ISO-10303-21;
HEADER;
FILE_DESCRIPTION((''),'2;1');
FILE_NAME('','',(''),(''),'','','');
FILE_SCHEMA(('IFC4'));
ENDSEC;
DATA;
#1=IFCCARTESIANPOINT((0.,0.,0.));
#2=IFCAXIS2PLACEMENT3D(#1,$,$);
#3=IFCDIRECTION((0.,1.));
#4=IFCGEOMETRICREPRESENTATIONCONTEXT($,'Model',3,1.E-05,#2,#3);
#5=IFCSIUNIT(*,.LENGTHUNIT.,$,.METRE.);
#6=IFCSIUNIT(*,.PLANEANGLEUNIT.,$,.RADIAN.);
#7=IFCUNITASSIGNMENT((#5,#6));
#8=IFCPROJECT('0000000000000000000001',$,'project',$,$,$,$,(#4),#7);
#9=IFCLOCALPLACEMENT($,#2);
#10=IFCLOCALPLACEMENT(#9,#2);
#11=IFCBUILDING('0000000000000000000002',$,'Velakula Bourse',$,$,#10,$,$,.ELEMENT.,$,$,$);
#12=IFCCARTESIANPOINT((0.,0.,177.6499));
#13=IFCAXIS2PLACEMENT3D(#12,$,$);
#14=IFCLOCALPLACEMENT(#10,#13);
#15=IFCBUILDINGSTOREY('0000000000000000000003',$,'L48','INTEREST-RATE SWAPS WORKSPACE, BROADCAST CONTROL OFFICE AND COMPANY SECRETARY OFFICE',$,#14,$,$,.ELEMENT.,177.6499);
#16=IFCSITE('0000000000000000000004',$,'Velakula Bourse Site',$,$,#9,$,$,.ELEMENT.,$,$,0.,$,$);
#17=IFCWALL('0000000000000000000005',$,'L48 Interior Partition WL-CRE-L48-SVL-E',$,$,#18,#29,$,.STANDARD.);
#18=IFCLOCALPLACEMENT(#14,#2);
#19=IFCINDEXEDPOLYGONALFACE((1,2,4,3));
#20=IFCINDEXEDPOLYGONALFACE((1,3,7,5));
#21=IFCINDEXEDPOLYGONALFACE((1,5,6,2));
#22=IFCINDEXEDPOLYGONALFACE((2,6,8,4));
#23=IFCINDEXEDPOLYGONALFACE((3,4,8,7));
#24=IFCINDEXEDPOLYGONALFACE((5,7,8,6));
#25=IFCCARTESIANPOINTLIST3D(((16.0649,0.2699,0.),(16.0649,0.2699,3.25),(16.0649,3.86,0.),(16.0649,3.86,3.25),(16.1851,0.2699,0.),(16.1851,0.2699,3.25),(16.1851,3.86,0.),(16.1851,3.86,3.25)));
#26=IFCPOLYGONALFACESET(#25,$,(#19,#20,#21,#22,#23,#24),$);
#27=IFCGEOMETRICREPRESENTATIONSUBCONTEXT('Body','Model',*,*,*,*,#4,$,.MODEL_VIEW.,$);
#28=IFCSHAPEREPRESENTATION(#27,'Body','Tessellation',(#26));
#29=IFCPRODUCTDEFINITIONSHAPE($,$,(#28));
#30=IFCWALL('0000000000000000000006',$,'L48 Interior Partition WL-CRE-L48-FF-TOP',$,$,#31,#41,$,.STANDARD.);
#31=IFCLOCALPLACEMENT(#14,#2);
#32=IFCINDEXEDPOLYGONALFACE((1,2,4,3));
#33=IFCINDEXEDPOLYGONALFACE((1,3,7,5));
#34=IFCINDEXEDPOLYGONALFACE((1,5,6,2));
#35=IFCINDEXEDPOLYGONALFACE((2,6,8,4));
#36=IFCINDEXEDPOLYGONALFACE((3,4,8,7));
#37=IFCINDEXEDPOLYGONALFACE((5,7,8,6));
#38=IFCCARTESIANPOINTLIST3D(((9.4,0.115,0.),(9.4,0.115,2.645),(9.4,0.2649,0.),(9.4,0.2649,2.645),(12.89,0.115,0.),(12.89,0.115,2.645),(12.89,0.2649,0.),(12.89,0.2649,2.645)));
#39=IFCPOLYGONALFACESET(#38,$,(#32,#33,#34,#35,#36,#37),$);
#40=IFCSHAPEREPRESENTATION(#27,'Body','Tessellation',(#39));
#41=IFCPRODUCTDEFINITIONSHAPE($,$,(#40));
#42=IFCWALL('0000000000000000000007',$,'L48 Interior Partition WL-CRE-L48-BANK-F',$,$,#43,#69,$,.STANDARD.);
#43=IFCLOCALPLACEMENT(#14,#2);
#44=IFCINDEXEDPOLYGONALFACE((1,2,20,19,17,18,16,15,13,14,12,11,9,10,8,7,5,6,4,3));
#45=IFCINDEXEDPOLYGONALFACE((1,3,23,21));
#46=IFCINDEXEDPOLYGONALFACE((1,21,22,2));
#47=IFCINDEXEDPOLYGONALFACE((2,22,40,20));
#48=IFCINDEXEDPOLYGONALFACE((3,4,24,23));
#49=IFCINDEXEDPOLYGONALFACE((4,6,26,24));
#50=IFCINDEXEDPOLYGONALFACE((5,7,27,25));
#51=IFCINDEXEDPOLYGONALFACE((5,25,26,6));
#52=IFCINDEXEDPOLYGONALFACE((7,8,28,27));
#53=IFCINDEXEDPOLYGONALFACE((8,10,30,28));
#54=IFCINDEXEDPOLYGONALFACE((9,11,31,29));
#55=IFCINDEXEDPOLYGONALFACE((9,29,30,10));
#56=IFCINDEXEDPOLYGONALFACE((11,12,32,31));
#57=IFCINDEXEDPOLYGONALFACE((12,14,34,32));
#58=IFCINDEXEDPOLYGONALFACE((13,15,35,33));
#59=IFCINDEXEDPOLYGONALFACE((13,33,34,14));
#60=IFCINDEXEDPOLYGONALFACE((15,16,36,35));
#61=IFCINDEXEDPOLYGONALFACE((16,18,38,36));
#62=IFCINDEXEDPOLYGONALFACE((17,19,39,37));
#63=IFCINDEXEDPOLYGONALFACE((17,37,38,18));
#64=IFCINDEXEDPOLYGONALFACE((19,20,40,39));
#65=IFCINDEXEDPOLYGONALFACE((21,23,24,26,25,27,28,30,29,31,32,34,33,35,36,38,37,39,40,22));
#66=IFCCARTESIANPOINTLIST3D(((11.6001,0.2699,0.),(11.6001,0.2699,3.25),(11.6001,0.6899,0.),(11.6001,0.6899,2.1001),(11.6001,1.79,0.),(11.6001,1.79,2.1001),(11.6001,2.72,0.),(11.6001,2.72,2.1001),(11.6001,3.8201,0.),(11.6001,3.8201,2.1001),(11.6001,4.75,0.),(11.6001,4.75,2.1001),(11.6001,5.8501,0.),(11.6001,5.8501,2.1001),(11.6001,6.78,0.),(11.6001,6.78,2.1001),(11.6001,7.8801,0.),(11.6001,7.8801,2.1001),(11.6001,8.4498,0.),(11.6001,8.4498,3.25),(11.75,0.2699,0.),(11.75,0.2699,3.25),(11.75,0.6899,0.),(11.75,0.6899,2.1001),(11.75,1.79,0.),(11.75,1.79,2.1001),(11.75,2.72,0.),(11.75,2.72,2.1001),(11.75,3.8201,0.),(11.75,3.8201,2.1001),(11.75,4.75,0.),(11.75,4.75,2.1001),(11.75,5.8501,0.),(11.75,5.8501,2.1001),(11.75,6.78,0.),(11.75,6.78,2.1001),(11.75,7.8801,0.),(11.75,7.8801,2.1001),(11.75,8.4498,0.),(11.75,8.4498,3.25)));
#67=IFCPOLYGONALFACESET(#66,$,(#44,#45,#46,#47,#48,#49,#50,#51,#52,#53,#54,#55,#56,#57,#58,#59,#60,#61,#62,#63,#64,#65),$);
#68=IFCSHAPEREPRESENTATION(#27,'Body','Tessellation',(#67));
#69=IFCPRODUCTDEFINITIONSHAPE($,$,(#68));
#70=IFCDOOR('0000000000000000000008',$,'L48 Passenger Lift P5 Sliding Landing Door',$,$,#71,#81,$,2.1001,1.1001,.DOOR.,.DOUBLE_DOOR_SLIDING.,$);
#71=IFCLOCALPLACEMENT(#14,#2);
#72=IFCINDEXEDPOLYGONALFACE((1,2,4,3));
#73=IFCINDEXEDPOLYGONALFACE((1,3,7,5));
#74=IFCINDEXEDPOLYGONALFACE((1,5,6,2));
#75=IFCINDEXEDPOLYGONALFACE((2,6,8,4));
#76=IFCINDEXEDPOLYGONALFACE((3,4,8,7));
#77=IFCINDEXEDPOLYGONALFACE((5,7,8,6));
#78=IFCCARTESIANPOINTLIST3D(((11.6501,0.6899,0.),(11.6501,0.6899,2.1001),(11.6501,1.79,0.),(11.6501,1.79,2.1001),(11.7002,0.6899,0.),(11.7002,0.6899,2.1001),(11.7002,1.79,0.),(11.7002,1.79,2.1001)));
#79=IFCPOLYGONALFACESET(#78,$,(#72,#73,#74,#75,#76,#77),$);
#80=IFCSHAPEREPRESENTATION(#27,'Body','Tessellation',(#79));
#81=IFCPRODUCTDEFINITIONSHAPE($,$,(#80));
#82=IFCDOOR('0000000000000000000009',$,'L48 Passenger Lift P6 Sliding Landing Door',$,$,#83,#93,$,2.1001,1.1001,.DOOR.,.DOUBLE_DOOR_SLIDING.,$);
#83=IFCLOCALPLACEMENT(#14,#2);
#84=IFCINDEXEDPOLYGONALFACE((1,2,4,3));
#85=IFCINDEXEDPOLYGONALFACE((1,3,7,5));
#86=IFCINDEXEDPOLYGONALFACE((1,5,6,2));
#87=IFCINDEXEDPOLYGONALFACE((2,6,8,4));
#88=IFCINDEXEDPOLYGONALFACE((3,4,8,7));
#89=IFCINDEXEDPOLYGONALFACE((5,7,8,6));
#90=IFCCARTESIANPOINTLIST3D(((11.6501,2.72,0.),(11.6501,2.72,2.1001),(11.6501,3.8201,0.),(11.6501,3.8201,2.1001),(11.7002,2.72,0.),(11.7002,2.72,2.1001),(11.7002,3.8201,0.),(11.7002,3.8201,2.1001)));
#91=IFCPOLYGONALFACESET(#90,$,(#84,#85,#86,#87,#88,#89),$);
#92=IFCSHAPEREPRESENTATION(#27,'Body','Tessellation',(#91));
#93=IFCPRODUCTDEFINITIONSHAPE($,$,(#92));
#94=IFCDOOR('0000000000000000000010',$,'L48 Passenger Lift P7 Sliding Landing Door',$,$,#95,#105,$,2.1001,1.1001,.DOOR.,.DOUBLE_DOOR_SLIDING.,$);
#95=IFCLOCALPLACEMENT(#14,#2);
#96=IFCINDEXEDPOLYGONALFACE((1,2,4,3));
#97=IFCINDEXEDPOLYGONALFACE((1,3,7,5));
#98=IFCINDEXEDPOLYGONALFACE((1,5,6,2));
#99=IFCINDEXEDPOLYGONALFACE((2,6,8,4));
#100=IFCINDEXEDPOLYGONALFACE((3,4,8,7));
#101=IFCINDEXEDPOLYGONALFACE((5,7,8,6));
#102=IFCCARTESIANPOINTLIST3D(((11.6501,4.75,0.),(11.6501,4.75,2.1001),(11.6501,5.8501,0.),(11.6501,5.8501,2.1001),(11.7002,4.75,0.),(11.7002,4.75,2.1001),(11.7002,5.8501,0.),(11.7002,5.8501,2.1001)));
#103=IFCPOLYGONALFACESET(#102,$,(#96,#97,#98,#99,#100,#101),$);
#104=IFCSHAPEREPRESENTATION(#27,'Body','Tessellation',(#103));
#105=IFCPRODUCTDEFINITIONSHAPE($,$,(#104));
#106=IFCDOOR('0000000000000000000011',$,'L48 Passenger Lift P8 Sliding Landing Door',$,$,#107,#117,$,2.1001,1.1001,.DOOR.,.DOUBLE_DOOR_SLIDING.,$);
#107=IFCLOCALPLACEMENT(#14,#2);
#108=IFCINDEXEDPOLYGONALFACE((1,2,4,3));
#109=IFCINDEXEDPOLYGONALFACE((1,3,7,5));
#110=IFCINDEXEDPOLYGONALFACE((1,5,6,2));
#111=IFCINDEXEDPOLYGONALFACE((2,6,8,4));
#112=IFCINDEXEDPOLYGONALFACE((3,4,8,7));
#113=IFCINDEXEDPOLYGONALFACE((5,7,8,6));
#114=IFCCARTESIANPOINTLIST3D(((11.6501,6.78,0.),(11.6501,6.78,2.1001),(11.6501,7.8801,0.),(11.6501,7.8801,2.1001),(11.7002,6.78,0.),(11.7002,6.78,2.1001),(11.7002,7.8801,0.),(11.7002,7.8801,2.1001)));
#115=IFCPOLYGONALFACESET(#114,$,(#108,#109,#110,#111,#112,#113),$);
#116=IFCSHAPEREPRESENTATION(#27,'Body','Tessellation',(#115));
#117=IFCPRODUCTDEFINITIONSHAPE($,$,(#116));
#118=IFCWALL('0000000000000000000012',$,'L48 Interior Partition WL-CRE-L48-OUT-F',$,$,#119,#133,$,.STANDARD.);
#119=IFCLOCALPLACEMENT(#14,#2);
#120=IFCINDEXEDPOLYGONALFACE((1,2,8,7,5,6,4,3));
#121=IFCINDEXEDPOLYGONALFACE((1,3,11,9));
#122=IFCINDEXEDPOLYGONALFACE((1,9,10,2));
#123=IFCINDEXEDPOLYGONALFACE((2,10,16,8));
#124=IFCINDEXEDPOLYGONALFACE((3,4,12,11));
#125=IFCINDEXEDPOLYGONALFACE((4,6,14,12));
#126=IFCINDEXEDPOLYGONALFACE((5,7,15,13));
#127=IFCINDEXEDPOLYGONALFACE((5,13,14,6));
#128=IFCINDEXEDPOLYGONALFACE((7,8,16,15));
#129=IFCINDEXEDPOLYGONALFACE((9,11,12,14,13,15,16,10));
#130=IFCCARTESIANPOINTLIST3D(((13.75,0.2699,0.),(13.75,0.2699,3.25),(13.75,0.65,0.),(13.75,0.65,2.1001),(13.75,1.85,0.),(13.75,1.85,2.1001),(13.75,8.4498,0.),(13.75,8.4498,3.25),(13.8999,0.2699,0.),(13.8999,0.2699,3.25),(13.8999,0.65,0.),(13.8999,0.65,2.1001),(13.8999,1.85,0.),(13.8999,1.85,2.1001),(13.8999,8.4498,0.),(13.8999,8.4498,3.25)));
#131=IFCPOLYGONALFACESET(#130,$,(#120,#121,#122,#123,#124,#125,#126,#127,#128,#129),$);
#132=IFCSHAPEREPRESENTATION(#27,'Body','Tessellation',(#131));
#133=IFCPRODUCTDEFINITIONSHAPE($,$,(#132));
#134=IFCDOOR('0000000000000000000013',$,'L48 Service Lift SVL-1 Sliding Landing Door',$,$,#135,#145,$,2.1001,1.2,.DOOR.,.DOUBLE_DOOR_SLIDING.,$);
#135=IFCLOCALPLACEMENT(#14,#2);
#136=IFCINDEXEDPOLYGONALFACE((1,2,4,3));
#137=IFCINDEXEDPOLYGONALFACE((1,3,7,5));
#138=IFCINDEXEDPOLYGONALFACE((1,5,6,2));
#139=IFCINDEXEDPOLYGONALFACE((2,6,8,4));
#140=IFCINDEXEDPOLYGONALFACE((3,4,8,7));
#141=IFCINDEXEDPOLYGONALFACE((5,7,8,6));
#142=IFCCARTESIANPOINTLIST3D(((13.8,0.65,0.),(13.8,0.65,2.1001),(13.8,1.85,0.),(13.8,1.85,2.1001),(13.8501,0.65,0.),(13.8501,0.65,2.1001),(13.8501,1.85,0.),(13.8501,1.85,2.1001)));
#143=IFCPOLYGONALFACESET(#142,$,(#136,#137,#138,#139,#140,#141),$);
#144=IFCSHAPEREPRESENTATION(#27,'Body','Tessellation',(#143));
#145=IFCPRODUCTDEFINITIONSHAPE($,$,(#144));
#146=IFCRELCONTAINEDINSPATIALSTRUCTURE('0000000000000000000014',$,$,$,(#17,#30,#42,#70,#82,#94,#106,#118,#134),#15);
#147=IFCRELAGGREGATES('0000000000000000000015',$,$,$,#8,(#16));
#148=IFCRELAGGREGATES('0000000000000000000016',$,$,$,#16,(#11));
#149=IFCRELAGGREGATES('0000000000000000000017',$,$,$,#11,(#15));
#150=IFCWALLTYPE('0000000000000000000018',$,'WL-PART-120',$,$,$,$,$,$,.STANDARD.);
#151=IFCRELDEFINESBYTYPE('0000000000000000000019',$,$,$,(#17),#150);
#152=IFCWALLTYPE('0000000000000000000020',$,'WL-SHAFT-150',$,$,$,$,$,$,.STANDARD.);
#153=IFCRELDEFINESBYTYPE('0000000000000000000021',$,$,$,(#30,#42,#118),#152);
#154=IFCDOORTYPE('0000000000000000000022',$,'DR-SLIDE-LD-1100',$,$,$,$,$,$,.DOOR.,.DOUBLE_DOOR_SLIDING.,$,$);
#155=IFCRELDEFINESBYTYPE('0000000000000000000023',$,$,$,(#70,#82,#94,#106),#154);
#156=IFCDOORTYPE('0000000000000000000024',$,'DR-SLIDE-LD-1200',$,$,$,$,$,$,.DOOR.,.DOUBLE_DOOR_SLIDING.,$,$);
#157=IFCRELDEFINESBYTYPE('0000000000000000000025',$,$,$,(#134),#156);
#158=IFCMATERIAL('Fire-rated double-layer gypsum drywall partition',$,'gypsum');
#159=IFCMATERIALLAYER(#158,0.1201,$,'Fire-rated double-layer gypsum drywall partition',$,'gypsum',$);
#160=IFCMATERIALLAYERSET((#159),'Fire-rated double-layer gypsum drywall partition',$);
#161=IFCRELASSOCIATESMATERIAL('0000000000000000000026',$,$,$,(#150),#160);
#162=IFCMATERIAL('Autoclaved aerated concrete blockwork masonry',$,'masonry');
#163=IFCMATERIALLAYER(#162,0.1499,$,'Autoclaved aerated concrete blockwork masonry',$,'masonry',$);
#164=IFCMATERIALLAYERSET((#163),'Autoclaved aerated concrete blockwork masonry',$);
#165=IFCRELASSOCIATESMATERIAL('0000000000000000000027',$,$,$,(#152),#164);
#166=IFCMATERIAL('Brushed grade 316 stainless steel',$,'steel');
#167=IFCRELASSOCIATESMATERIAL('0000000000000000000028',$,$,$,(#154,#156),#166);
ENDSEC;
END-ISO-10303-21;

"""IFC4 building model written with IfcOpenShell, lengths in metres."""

from ifc_helpers import new_model, si_unit, direction, frame, frame_2d, origin, place, context, subcontext, project, spatial, rectangle, extrude, material, layer, layer_set, type_object, element, fill, save


model = new_model("IFC4")

# Units and contexts
model_context = context("Model", 3, precision=1e-05, world=origin(), true_north=direction((0.0, 1.0)))
body_context = subcontext(model_context, "Body", "Model", "MODEL_VIEW")
ifc_project = project(units=[si_unit("LENGTHUNIT", "METRE"), si_unit("PLANEANGLEUNIT", "RADIAN")], contexts=[model_context])

# Site, building, storey
site_placement = place(None, origin())
site = spatial("IfcSite", under=ifc_project, at=site_placement, Name="Velakula Bourse Site", CompositionType="ELEMENT", RefElevation=0.0)
building_placement = place(site_placement, origin())
building = spatial("IfcBuilding", under=site, at=building_placement, Name="Velakula Bourse", CompositionType="ELEMENT")
storey_placement = place(building_placement, frame((0.0, 0.0, 177.6499)))
storey = spatial("IfcBuildingStorey", under=building, at=storey_placement, Name="L48", Description="INTEREST-RATE SWAPS WORKSPACE, BROADCAST CONTROL OFFICE AND COMPANY SECRETARY OFFICE", CompositionType="ELEMENT", Elevation=177.6499)

# Walls
ifc_material_1 = material(Name="Fire-rated double-layer gypsum drywall partition", Category="gypsum")
ifc_layer_1 = layer(ifc_material_1, 0.1201, Name="Fire-rated double-layer gypsum drywall partition", Category="gypsum")
ifc_layer_set_1 = layer_set([ifc_layer_1], Name="Fire-rated double-layer gypsum drywall partition")
wall_type_1 = type_object("IfcWallType", Name="WL-PART-120", PredefinedType="STANDARD", material=ifc_layer_set_1)
wall_1_placement = place(storey_placement, frame((16.125, 0.27, 0.0), z_axis=(0.0, 0.0, 1.0), x_axis=(0.0, 1.0, 0.0)))
element("IfcWall", 1, at=wall_1_placement, inside=storey, type_object=wall_type_1, Name="L48 Interior Partition WL-CRE-L48-SVL-E", PredefinedType="STANDARD", context=body_context, shape_type="SweptSolid", body=[
    extrude(rectangle(XDim=3.5901, YDim=0.1201, at=frame_2d((1.7949, 0.0))), origin(), (0.0, 0.0, 1.0), 3.25),
])
ifc_material_2 = material(Name="Autoclaved aerated concrete blockwork masonry", Category="masonry")
ifc_layer_2 = layer(ifc_material_2, 0.1499, Name="Autoclaved aerated concrete blockwork masonry", Category="masonry")
ifc_layer_set_2 = layer_set([ifc_layer_2], Name="Autoclaved aerated concrete blockwork masonry")
wall_type_2 = type_object("IfcWallType", Name="WL-SHAFT-150", PredefinedType="STANDARD", material=ifc_layer_set_2)
wall_2_placement = place(storey_placement, frame((9.3999, 0.1899, 0.0), z_axis=(0.0, 0.0, 1.0), x_axis=(1.0, 0.0, 0.0)))
element("IfcWall", 2, at=wall_2_placement, inside=storey, type_object=wall_type_2, Name="L48 Interior Partition WL-CRE-L48-FF-TOP", PredefinedType="STANDARD", context=body_context, shape_type="SweptSolid", body=[
    extrude(rectangle(XDim=3.49, YDim=0.1499, at=frame_2d((1.7451, 0.0))), origin(), (0.0, 0.0, 1.0), 2.645),
])

# Wall, openings, doors
wall_3_placement = place(storey_placement, frame((11.675, 0.27, 0.0), z_axis=(0.0, 0.0, 1.0), x_axis=(0.0, 1.0, 0.0)))
wall_3 = element("IfcWall", 3, at=wall_3_placement, inside=storey, type_object=wall_type_2, Name="L48 Interior Partition WL-CRE-L48-BANK-F", PredefinedType="STANDARD", context=body_context, shape_type="SweptSolid", body=[
    extrude(rectangle(XDim=8.1799, YDim=0.1499, at=frame_2d((4.0898, 0.0))), origin(), (0.0, 0.0, 1.0), 3.25),
])
opening_1_placement = place(wall_3_placement, frame((0.4199, 0.0, 0.0)))
opening_1 = element("IfcOpeningElement", 4, at=opening_1_placement, cuts=wall_3, PredefinedType="OPENING", context=body_context, shape_type="SweptSolid", body=[
    extrude(rectangle(XDim=1.1001, YDim=2.1001, at=frame_2d((0.55, 1.05))), frame((0.0, 0.085, 0.0), z_axis=(0.0, -1.0, 0.0), x_axis=(1.0, 0.0, 0.0)), (0.0, 0.0, 1.0), 0.1699),
])
opening_2_placement = place(wall_3_placement, frame((2.45, 0.0, 0.0)))
opening_2 = element("IfcOpeningElement", 5, at=opening_2_placement, cuts=wall_3, PredefinedType="OPENING", context=body_context, shape_type="SweptSolid", body=[
    extrude(rectangle(XDim=1.1001, YDim=2.1001, at=frame_2d((0.55, 1.05))), frame((0.0, 0.085, 0.0), z_axis=(0.0, -1.0, 0.0), x_axis=(1.0, 0.0, 0.0)), (0.0, 0.0, 1.0), 0.1699),
])
opening_3_placement = place(wall_3_placement, frame((4.48, 0.0, 0.0)))
opening_3 = element("IfcOpeningElement", 6, at=opening_3_placement, cuts=wall_3, PredefinedType="OPENING", context=body_context, shape_type="SweptSolid", body=[
    extrude(rectangle(XDim=1.1001, YDim=2.1001, at=frame_2d((0.55, 1.05))), frame((0.0, 0.085, 0.0), z_axis=(0.0, -1.0, 0.0), x_axis=(1.0, 0.0, 0.0)), (0.0, 0.0, 1.0), 0.1699),
])
opening_4_placement = place(wall_3_placement, frame((6.51, 0.0, 0.0)))
opening_4 = element("IfcOpeningElement", 7, at=opening_4_placement, cuts=wall_3, PredefinedType="OPENING", context=body_context, shape_type="SweptSolid", body=[
    extrude(rectangle(XDim=1.1001, YDim=2.1001, at=frame_2d((0.55, 1.05))), frame((0.0, 0.085, 0.0), z_axis=(0.0, -1.0, 0.0), x_axis=(1.0, 0.0, 0.0)), (0.0, 0.0, 1.0), 0.1699),
])
ifc_material_3 = material(Name="Brushed grade 316 stainless steel", Category="steel")
door_type_1 = type_object("IfcDoorType", Name="DR-SLIDE-LD-1100", OperationType="DOUBLE_DOOR_SLIDING", PredefinedType="DOOR", material=ifc_material_3)
door_1_placement = place(opening_1_placement, origin())
door_1 = element("IfcDoor", 8, at=door_1_placement, inside=storey, type_object=door_type_1, Name="L48 Passenger Lift P5 Sliding Landing Door", OperationType="DOUBLE_DOOR_SLIDING", OverallHeight=2.1001, OverallWidth=1.1001, PredefinedType="DOOR", context=body_context, shape_type="SweptSolid", body=[
    extrude(rectangle(XDim=1.1001, YDim=2.1001, at=frame_2d((0.55, 1.05))), frame((0.0, 0.0249, 0.0), z_axis=(0.0, -1.0, 0.0), x_axis=(1.0, 0.0, 0.0)), (0.0, 0.0, 1.0), 0.05),
])
fill(opening_1, door_1)
door_2_placement = place(opening_2_placement, origin())
door_2 = element("IfcDoor", 9, at=door_2_placement, inside=storey, type_object=door_type_1, Name="L48 Passenger Lift P6 Sliding Landing Door", OperationType="DOUBLE_DOOR_SLIDING", OverallHeight=2.1001, OverallWidth=1.1001, PredefinedType="DOOR", context=body_context, shape_type="SweptSolid", body=[
    extrude(rectangle(XDim=1.1001, YDim=2.1001, at=frame_2d((0.55, 1.05))), frame((0.0, 0.0249, 0.0), z_axis=(0.0, -1.0, 0.0), x_axis=(1.0, 0.0, 0.0)), (0.0, 0.0, 1.0), 0.05),
])
fill(opening_2, door_2)
door_3_placement = place(opening_3_placement, origin())
door_3 = element("IfcDoor", 10, at=door_3_placement, inside=storey, type_object=door_type_1, Name="L48 Passenger Lift P7 Sliding Landing Door", OperationType="DOUBLE_DOOR_SLIDING", OverallHeight=2.1001, OverallWidth=1.1001, PredefinedType="DOOR", context=body_context, shape_type="SweptSolid", body=[
    extrude(rectangle(XDim=1.1001, YDim=2.1001, at=frame_2d((0.55, 1.05))), frame((0.0, 0.0249, 0.0), z_axis=(0.0, -1.0, 0.0), x_axis=(1.0, 0.0, 0.0)), (0.0, 0.0, 1.0), 0.05),
])
fill(opening_3, door_3)
door_4_placement = place(opening_4_placement, origin())
door_4 = element("IfcDoor", 11, at=door_4_placement, inside=storey, type_object=door_type_1, Name="L48 Passenger Lift P8 Sliding Landing Door", OperationType="DOUBLE_DOOR_SLIDING", OverallHeight=2.1001, OverallWidth=1.1001, PredefinedType="DOOR", context=body_context, shape_type="SweptSolid", body=[
    extrude(rectangle(XDim=1.1001, YDim=2.1001, at=frame_2d((0.55, 1.05))), frame((0.0, 0.0249, 0.0), z_axis=(0.0, -1.0, 0.0), x_axis=(1.0, 0.0, 0.0)), (0.0, 0.0, 1.0), 0.05),
])
fill(opening_4, door_4)

# Wall, opening, door
wall_4_placement = place(storey_placement, frame((13.825, 0.27, 0.0), z_axis=(0.0, 0.0, 1.0), x_axis=(0.0, 1.0, 0.0)))
wall_4 = element("IfcWall", 12, at=wall_4_placement, inside=storey, type_object=wall_type_2, Name="L48 Interior Partition WL-CRE-L48-OUT-F", PredefinedType="STANDARD", context=body_context, shape_type="SweptSolid", body=[
    extrude(rectangle(XDim=8.1799, YDim=0.1499, at=frame_2d((4.0898, 0.0))), origin(), (0.0, 0.0, 1.0), 3.25),
])
opening_5_placement = place(wall_4_placement, frame((0.3799, 0.0, 0.0)))
opening_5 = element("IfcOpeningElement", 13, at=opening_5_placement, cuts=wall_4, PredefinedType="OPENING", context=body_context, shape_type="SweptSolid", body=[
    extrude(rectangle(XDim=1.2, YDim=2.1001, at=frame_2d((0.6001, 1.05))), frame((0.0, 0.085, 0.0), z_axis=(0.0, -1.0, 0.0), x_axis=(1.0, 0.0, 0.0)), (0.0, 0.0, 1.0), 0.1699),
])
door_type_2 = type_object("IfcDoorType", Name="DR-SLIDE-LD-1200", OperationType="DOUBLE_DOOR_SLIDING", PredefinedType="DOOR", material=ifc_material_3)
door_5_placement = place(opening_5_placement, origin())
door_5 = element("IfcDoor", 14, at=door_5_placement, inside=storey, type_object=door_type_2, Name="L48 Service Lift SVL-1 Sliding Landing Door", OperationType="DOUBLE_DOOR_SLIDING", OverallHeight=2.1001, OverallWidth=1.2, PredefinedType="DOOR", context=body_context, shape_type="SweptSolid", body=[
    extrude(rectangle(XDim=1.2, YDim=2.1001, at=frame_2d((0.6001, 1.05))), frame((0.0, 0.0249, 0.0), z_axis=(0.0, -1.0, 0.0), x_axis=(1.0, 0.0, 0.0)), (0.0, 0.0, 1.0), 0.05),
])
fill(opening_5, door_5)

save(model, "model.ifc")
